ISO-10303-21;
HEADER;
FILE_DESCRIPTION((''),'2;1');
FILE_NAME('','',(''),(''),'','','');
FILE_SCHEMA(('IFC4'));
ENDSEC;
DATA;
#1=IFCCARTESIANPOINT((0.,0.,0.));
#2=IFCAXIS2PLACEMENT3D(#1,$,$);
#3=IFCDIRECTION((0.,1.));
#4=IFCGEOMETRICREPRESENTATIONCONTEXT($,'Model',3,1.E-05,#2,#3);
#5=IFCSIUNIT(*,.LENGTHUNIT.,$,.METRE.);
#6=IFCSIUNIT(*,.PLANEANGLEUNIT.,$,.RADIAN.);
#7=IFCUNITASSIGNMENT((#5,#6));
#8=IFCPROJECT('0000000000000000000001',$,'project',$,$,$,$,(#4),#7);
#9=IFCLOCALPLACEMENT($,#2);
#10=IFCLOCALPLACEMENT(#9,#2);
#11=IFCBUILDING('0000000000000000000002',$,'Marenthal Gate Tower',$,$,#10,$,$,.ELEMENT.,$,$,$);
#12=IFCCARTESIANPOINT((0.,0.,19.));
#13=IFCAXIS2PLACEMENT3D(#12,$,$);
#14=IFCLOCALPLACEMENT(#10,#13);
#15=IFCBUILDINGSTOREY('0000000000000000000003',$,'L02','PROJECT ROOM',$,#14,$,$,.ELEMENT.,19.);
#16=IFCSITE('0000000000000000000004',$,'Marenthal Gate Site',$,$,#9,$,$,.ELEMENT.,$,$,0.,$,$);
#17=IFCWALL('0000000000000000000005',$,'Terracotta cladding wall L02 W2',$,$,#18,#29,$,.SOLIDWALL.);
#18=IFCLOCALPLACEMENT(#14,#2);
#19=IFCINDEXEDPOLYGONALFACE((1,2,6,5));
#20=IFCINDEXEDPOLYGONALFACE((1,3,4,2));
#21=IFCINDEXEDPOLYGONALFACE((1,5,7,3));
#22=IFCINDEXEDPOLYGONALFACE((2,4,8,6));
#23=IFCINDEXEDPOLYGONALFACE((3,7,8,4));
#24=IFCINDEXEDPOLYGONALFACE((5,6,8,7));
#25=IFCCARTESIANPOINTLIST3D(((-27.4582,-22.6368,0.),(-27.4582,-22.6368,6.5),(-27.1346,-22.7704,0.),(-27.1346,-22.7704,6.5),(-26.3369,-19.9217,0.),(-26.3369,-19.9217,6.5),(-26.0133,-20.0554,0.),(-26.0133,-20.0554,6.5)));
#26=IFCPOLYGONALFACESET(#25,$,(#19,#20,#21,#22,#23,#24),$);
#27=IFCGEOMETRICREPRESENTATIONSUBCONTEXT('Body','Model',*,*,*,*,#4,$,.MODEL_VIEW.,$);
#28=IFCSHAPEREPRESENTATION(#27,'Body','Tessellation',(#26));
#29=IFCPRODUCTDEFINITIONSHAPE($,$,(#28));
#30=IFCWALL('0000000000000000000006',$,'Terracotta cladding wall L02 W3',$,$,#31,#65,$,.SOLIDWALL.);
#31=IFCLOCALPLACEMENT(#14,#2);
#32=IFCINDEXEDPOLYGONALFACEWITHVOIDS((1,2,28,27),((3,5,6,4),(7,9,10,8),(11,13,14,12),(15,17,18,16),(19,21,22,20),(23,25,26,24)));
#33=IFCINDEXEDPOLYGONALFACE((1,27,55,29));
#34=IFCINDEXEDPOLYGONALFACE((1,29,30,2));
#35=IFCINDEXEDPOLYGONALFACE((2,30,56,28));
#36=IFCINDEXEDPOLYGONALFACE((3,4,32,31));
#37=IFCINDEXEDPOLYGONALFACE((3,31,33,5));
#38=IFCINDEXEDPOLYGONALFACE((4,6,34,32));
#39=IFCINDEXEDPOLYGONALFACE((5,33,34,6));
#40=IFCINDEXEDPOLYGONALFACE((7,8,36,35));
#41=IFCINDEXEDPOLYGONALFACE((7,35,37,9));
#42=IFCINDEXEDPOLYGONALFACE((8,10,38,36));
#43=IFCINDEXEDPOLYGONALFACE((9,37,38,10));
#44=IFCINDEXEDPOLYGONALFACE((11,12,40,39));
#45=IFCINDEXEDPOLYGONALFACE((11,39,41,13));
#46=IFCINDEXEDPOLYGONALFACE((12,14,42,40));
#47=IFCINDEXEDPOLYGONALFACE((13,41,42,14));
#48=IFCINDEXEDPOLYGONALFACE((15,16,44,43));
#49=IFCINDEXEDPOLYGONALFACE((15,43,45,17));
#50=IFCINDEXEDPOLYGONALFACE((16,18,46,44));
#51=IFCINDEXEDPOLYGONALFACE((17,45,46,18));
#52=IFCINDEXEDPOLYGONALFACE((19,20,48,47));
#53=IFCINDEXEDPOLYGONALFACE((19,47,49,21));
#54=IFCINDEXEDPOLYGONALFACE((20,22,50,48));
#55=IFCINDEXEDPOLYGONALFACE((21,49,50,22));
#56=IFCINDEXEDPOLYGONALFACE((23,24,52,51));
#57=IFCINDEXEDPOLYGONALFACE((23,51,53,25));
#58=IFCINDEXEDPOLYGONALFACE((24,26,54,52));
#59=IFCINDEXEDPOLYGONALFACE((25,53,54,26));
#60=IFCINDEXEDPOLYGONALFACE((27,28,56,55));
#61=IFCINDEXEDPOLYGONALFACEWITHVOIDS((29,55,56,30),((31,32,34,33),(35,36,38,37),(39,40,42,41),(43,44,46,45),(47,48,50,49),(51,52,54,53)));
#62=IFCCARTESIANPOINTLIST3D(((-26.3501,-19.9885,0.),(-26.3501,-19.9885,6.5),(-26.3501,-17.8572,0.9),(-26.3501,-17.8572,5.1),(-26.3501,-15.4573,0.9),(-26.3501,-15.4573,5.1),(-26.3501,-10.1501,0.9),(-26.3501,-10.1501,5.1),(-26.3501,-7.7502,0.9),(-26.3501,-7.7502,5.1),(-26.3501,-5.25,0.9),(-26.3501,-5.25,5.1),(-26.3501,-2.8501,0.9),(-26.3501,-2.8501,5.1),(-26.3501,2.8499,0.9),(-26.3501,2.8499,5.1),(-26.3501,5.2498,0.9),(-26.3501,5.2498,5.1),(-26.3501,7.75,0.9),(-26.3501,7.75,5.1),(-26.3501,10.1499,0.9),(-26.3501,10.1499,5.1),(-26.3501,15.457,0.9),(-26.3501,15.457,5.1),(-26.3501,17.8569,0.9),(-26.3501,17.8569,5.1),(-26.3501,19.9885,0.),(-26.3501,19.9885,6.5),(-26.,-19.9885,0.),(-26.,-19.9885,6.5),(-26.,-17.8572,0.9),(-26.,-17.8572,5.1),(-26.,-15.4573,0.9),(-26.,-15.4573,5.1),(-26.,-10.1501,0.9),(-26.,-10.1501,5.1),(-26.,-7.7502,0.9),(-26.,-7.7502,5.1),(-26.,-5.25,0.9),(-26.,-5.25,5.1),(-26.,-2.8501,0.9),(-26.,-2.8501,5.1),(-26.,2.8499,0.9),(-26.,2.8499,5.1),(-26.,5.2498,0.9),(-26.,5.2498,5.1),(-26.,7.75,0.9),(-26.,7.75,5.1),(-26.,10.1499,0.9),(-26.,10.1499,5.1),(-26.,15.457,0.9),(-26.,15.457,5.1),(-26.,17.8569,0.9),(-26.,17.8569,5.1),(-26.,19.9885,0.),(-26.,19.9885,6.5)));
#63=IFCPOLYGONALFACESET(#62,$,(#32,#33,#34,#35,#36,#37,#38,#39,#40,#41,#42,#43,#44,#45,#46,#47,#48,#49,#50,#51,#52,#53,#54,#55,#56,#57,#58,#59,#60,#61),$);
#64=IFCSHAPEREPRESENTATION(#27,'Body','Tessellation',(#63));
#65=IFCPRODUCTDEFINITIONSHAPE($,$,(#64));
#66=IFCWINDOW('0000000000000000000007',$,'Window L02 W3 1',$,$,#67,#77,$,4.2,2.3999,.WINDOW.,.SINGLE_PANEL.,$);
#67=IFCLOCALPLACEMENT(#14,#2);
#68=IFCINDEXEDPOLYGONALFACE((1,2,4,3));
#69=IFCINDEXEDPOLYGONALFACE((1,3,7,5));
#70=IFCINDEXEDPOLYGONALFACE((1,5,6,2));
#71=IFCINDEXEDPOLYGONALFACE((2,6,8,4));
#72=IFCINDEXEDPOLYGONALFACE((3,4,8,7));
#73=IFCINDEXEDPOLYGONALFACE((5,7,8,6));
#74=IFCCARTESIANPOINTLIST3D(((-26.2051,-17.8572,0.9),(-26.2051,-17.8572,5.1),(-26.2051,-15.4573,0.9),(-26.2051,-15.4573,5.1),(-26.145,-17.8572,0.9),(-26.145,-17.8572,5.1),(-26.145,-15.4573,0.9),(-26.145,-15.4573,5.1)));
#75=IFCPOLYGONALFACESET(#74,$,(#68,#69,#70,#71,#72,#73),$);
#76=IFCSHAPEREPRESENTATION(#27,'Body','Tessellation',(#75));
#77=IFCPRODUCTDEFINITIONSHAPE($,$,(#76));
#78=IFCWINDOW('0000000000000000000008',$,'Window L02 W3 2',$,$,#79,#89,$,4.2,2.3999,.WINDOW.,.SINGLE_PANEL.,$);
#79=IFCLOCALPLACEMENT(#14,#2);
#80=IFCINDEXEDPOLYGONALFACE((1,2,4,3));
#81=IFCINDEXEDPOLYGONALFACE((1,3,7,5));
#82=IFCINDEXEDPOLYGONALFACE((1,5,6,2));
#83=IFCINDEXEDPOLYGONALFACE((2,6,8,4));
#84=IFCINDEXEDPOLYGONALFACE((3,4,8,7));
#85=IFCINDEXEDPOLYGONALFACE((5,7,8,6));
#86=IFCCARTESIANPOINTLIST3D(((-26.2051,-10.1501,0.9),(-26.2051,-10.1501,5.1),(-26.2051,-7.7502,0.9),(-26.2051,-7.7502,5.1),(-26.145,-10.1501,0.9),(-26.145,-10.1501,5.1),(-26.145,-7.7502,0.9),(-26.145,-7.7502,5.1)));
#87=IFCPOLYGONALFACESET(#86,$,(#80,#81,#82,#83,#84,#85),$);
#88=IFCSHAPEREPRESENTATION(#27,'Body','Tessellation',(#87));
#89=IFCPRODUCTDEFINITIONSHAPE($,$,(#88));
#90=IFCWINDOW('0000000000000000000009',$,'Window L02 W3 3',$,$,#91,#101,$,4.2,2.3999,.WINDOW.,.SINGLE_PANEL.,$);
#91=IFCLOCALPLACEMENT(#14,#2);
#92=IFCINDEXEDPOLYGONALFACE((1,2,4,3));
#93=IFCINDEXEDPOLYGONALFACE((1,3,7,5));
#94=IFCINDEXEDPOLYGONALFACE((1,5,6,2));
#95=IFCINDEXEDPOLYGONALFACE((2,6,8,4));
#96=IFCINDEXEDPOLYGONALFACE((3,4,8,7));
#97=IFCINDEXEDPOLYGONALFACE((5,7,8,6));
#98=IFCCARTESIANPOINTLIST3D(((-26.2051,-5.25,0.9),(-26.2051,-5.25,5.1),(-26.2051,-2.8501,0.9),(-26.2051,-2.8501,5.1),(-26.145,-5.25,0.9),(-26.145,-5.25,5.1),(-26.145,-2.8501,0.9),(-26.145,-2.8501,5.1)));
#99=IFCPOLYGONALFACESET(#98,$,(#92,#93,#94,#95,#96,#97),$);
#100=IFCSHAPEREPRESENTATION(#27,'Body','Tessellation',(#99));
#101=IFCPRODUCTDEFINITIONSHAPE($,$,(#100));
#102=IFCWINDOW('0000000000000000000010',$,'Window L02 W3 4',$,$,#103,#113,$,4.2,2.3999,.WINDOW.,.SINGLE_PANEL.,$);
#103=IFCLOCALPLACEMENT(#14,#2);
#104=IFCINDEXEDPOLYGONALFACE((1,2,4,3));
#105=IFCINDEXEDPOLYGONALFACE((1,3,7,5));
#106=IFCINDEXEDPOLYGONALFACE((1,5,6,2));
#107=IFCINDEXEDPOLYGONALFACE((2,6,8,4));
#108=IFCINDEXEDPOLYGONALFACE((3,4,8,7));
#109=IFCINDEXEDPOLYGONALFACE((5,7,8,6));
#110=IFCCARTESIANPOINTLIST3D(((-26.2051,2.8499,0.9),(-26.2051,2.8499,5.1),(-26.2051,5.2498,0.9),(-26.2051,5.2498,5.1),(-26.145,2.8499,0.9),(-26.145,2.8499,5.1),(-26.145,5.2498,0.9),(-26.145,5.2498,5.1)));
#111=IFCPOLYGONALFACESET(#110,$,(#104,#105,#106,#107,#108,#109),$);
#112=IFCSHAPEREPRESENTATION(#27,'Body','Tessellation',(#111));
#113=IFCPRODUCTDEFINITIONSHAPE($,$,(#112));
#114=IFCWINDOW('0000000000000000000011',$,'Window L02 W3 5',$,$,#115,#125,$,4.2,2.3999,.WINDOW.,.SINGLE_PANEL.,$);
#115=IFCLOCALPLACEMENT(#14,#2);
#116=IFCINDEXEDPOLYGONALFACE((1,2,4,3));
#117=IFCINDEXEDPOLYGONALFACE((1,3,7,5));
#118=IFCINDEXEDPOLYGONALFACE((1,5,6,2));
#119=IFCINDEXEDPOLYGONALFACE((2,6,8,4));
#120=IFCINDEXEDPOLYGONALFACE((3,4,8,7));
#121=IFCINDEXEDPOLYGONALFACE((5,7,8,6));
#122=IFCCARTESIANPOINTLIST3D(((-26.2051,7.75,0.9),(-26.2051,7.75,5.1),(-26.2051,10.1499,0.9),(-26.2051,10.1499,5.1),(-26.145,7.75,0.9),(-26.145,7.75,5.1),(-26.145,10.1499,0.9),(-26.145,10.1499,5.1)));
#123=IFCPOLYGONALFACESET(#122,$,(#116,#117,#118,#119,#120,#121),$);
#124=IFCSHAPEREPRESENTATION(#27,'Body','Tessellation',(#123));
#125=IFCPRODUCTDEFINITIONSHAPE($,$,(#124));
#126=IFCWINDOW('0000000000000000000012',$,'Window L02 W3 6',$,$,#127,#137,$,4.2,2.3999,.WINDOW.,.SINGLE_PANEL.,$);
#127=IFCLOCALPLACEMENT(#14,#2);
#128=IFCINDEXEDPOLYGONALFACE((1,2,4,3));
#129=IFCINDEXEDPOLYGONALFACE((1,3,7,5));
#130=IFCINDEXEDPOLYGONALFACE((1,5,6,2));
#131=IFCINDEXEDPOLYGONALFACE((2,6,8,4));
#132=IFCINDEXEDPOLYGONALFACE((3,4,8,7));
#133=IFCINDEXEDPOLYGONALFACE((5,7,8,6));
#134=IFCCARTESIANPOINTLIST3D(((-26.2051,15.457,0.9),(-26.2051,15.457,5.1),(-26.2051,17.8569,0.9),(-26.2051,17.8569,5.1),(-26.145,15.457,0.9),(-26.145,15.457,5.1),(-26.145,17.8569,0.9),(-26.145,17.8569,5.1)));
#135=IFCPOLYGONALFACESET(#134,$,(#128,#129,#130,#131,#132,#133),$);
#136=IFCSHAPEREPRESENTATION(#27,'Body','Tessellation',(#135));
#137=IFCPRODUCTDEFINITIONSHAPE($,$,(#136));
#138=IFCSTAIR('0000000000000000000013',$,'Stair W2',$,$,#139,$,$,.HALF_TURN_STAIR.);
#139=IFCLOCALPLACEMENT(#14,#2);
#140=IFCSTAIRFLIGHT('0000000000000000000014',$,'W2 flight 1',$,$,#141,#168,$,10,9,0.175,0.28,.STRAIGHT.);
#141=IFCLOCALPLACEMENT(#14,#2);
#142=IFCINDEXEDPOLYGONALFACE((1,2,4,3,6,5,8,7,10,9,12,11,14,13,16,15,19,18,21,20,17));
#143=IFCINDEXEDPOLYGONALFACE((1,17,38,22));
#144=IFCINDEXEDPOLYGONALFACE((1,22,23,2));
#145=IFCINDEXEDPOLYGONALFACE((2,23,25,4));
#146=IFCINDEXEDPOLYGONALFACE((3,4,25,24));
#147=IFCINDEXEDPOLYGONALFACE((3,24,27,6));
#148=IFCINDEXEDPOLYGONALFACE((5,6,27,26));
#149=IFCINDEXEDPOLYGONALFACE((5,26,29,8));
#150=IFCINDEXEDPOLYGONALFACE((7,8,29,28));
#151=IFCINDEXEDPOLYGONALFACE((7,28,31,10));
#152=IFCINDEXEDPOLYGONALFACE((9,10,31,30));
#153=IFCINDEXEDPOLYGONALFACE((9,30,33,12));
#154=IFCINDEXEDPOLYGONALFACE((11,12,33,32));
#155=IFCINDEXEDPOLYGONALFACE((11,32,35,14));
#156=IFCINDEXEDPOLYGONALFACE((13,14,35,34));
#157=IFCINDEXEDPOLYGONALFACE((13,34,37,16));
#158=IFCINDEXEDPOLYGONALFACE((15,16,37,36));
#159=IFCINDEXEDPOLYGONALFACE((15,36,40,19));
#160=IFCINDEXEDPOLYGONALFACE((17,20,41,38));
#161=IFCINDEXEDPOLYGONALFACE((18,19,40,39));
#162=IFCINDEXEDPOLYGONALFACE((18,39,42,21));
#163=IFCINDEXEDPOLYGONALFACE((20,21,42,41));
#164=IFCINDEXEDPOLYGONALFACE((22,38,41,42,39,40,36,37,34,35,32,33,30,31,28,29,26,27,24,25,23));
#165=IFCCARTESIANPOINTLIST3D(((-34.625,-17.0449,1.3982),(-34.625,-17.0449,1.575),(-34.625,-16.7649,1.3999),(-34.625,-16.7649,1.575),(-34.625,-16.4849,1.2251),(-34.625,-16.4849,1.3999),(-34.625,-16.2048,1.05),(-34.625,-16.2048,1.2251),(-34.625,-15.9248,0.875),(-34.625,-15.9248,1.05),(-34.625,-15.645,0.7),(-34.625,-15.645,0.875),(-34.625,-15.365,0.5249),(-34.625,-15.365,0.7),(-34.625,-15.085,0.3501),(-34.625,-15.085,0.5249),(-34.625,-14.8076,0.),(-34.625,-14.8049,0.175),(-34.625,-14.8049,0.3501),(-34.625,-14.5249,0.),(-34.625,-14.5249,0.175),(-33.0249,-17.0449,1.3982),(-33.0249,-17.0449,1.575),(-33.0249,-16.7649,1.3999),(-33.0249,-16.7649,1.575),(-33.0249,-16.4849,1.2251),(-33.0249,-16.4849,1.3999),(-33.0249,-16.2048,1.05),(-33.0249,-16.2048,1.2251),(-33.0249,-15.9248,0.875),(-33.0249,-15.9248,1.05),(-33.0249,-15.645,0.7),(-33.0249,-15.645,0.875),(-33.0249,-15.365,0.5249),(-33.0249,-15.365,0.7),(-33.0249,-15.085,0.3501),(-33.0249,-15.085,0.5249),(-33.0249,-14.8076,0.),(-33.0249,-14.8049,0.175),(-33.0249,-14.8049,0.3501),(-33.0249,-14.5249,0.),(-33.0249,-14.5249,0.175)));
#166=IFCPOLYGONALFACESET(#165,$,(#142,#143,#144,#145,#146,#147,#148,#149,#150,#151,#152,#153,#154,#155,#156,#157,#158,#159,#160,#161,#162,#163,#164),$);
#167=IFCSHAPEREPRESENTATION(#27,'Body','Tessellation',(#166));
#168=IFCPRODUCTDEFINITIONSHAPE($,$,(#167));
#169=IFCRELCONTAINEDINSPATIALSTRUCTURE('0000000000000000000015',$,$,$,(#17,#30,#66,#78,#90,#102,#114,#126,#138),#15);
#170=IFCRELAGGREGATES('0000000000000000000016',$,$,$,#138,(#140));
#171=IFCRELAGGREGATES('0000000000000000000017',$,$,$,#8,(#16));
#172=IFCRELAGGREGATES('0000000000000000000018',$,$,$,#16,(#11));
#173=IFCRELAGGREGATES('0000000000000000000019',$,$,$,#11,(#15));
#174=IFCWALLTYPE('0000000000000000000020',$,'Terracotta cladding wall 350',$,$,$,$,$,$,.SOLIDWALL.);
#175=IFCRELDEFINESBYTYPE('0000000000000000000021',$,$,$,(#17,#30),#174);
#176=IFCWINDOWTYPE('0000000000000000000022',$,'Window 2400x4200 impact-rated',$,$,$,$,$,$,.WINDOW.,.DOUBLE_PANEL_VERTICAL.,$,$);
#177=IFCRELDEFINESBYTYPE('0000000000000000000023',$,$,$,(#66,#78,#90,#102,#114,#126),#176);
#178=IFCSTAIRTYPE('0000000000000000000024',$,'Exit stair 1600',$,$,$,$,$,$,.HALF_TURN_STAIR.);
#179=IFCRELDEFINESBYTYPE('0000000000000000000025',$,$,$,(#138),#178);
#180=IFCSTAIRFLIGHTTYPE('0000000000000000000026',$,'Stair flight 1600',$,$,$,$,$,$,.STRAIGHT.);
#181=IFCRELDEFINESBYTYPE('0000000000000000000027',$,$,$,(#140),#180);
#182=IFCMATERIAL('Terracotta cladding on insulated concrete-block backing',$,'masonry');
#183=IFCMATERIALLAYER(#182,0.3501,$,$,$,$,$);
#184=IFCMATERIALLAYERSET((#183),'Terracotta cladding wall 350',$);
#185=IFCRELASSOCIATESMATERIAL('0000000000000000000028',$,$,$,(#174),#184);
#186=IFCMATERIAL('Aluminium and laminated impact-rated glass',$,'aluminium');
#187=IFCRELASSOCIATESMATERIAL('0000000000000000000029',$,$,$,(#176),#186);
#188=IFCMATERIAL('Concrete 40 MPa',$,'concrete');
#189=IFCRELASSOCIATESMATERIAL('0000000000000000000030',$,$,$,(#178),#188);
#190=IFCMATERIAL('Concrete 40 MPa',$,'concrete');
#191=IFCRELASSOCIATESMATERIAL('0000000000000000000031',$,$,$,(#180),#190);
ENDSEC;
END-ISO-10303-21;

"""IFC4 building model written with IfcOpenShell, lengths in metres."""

from ifc_helpers import new_model, si_unit, direction, frame, frame_2d, origin, place, context, subcontext, project, spatial, polyline, rectangle, outline, extrude, material, layer, layer_set, type_object, element, fill, aggregate, save


model = new_model("IFC4")

# Units and contexts
model_context = context("Model", 3, precision=1e-05, world=origin(), true_north=direction((0.0, 1.0)))
body_context = subcontext(model_context, "Body", "Model", "MODEL_VIEW")
ifc_project = project(units=[si_unit("LENGTHUNIT", "METRE"), si_unit("PLANEANGLEUNIT", "RADIAN")], contexts=[model_context])

# Site, building, storey
site_placement = place(None, origin())
site = spatial("IfcSite", under=ifc_project, at=site_placement, Name="Marenthal Gate Site", CompositionType="ELEMENT", RefElevation=0.0)
building_placement = place(site_placement, origin())
building = spatial("IfcBuilding", under=site, at=building_placement, Name="Marenthal Gate Tower", CompositionType="ELEMENT")
storey_placement = place(building_placement, frame((0.0, 0.0, 19.0)))
storey = spatial("IfcBuildingStorey", under=building, at=storey_placement, Name="L02", Description="PROJECT ROOM", CompositionType="ELEMENT", Elevation=19.0)

# Wall
ifc_material_1 = material(Name="Terracotta cladding on insulated concrete-block backing", Category="masonry")
ifc_layer_1 = layer(ifc_material_1, 0.3501)
ifc_layer_set_1 = layer_set([ifc_layer_1], Name="Terracotta cladding wall 350")
wall_type_1 = type_object("IfcWallType", Name="Terracotta cladding wall 350", PredefinedType="SOLIDWALL", material=ifc_layer_set_1)
for number, where, z_axis, x_axis, name in (
    (1, (-27.2964, -22.7036, 0.0), (0.0, 0.0, 1.0), (0.381728, 0.924275, 0.0), "Terracotta cladding wall L02 W2"),
):
    element("IfcWall", number, at=place(storey_placement, frame(where, z_axis=z_axis, x_axis=x_axis)), inside=storey, type_object=wall_type_1, Name=name, PredefinedType="SOLIDWALL", context=body_context, shape_type="SweptSolid", body=[
        extrude(rectangle(XDim=2.9375, YDim=0.3501, at=frame_2d((1.4688, 0.0))), origin(), (0.0, 0.0, 1.0), 6.5),
    ])

# Wall, openings, windows
wall_1_placement = place(storey_placement, frame((-26.175, -19.9885, 0.0), z_axis=(0.0, 0.0, 1.0), x_axis=(0.0, 1.0, 0.0)))
wall_1 = element("IfcWall", 2, at=wall_1_placement, inside=storey, type_object=wall_type_1, Name="Terracotta cladding wall L02 W3", PredefinedType="SOLIDWALL", context=body_context, shape_type="SweptSolid", body=[
    extrude(rectangle(XDim=39.9771, YDim=0.3501, at=frame_2d((19.9885, 0.0))), origin(), (0.0, 0.0, 1.0), 6.5),
])
opening_1_placement = place(wall_1_placement, frame((2.1313, 0.0, 0.8999)))
opening_1 = element("IfcOpeningElement", 3, at=opening_1_placement, cuts=wall_1, PredefinedType="OPENING", context=body_context, shape_type="SweptSolid", body=[
    extrude(rectangle(XDim=2.3999, YDim=4.2, at=frame_2d((1.2, 2.1001))), frame((0.0, 0.1851, 0.0), z_axis=(0.0, -1.0, 0.0), x_axis=(1.0, 0.0, 0.0)), (0.0, 0.0, 1.0), 0.3701),
])
opening_2_placement = place(wall_1_placement, frame((9.8384, 0.0, 0.8999)))
opening_2 = element("IfcOpeningElement", 4, at=opening_2_placement, cuts=wall_1, PredefinedType="OPENING", context=body_context, shape_type="SweptSolid", body=[
    extrude(rectangle(XDim=2.3999, YDim=4.2, at=frame_2d((1.2, 2.1001))), frame((0.0, 0.1851, 0.0), z_axis=(0.0, -1.0, 0.0), x_axis=(1.0, 0.0, 0.0)), (0.0, 0.0, 1.0), 0.3701),
])
opening_3_placement = place(wall_1_placement, frame((14.7385, 0.0, 0.8999)))
opening_3 = element("IfcOpeningElement", 5, at=opening_3_placement, cuts=wall_1, PredefinedType="OPENING", context=body_context, shape_type="SweptSolid", body=[
    extrude(rectangle(XDim=2.3999, YDim=4.2, at=frame_2d((1.2, 2.1001))), frame((0.0, 0.1851, 0.0), z_axis=(0.0, -1.0, 0.0), x_axis=(1.0, 0.0, 0.0)), (0.0, 0.0, 1.0), 0.3701),
])
opening_4_placement = place(wall_1_placement, frame((22.8384, 0.0, 0.8999)))
opening_4 = element("IfcOpeningElement", 6, at=opening_4_placement, cuts=wall_1, PredefinedType="OPENING", context=body_context, shape_type="SweptSolid", body=[
    extrude(rectangle(XDim=2.3999, YDim=4.2, at=frame_2d((1.2, 2.1001))), frame((0.0, 0.1851, 0.0), z_axis=(0.0, -1.0, 0.0), x_axis=(1.0, 0.0, 0.0)), (0.0, 0.0, 1.0), 0.3701),
])
opening_5_placement = place(wall_1_placement, frame((27.7385, 0.0, 0.8999)))
opening_5 = element("IfcOpeningElement", 7, at=opening_5_placement, cuts=wall_1, PredefinedType="OPENING", context=body_context, shape_type="SweptSolid", body=[
    extrude(rectangle(XDim=2.3999, YDim=4.2, at=frame_2d((1.2, 2.1001))), frame((0.0, 0.1851, 0.0), z_axis=(0.0, -1.0, 0.0), x_axis=(1.0, 0.0, 0.0)), (0.0, 0.0, 1.0), 0.3701),
])
opening_6_placement = place(wall_1_placement, frame((35.4456, 0.0, 0.8999)))
opening_6 = element("IfcOpeningElement", 8, at=opening_6_placement, cuts=wall_1, PredefinedType="OPENING", context=body_context, shape_type="SweptSolid", body=[
    extrude(rectangle(XDim=2.3999, YDim=4.2, at=frame_2d((1.2, 2.1001))), frame((0.0, 0.1851, 0.0), z_axis=(0.0, -1.0, 0.0), x_axis=(1.0, 0.0, 0.0)), (0.0, 0.0, 1.0), 0.3701),
])
ifc_material_2 = material(Name="Aluminium and laminated impact-rated glass", Category="aluminium")
window_type = type_object("IfcWindowType", Name="Window 2400x4200 impact-rated", PartitioningType="DOUBLE_PANEL_VERTICAL", PredefinedType="WINDOW", material=ifc_material_2)
window_1_placement = place(opening_1_placement, origin())
window_1 = element("IfcWindow", 9, at=window_1_placement, inside=storey, type_object=window_type, Name="Window L02 W3 1", OverallHeight=4.2, OverallWidth=2.3999, PartitioningType="SINGLE_PANEL", PredefinedType="WINDOW", context=body_context, shape_type="SweptSolid", body=[
    extrude(rectangle(XDim=2.3999, YDim=4.2, at=frame_2d((1.2, 2.1001))), frame((0.0, 0.03, 0.0), z_axis=(0.0, -1.0, 0.0), x_axis=(1.0, 0.0, 0.0)), (0.0, 0.0, 1.0), 0.0601),
])
fill(opening_1, window_1)
window_2_placement = place(opening_2_placement, origin())
window_2 = element("IfcWindow", 10, at=window_2_placement, inside=storey, type_object=window_type, Name="Window L02 W3 2", OverallHeight=4.2, OverallWidth=2.3999, PartitioningType="SINGLE_PANEL", PredefinedType="WINDOW", context=body_context, shape_type="SweptSolid", body=[
    extrude(rectangle(XDim=2.3999, YDim=4.2, at=frame_2d((1.2, 2.1001))), frame((0.0, 0.03, 0.0), z_axis=(0.0, -1.0, 0.0), x_axis=(1.0, 0.0, 0.0)), (0.0, 0.0, 1.0), 0.0601),
])
fill(opening_2, window_2)
window_3_placement = place(opening_3_placement, origin())
window_3 = element("IfcWindow", 11, at=window_3_placement, inside=storey, type_object=window_type, Name="Window L02 W3 3", OverallHeight=4.2, OverallWidth=2.3999, PartitioningType="SINGLE_PANEL", PredefinedType="WINDOW", context=body_context, shape_type="SweptSolid", body=[
    extrude(rectangle(XDim=2.3999, YDim=4.2, at=frame_2d((1.2, 2.1001))), frame((0.0, 0.03, 0.0), z_axis=(0.0, -1.0, 0.0), x_axis=(1.0, 0.0, 0.0)), (0.0, 0.0, 1.0), 0.0601),
])
fill(opening_3, window_3)
window_4_placement = place(opening_4_placement, origin())
window_4 = element("IfcWindow", 12, at=window_4_placement, inside=storey, type_object=window_type, Name="Window L02 W3 4", OverallHeight=4.2, OverallWidth=2.3999, PartitioningType="SINGLE_PANEL", PredefinedType="WINDOW", context=body_context, shape_type="SweptSolid", body=[
    extrude(rectangle(XDim=2.3999, YDim=4.2, at=frame_2d((1.2, 2.1001))), frame((0.0, 0.03, 0.0), z_axis=(0.0, -1.0, 0.0), x_axis=(1.0, 0.0, 0.0)), (0.0, 0.0, 1.0), 0.0601),
])
fill(opening_4, window_4)
window_5_placement = place(opening_5_placement, origin())
window_5 = element("IfcWindow", 13, at=window_5_placement, inside=storey, type_object=window_type, Name="Window L02 W3 5", OverallHeight=4.2, OverallWidth=2.3999, PartitioningType="SINGLE_PANEL", PredefinedType="WINDOW", context=body_context, shape_type="SweptSolid", body=[
    extrude(rectangle(XDim=2.3999, YDim=4.2, at=frame_2d((1.2, 2.1001))), frame((0.0, 0.03, 0.0), z_axis=(0.0, -1.0, 0.0), x_axis=(1.0, 0.0, 0.0)), (0.0, 0.0, 1.0), 0.0601),
])
fill(opening_5, window_5)
window_6_placement = place(opening_6_placement, origin())
window_6 = element("IfcWindow", 14, at=window_6_placement, inside=storey, type_object=window_type, Name="Window L02 W3 6", OverallHeight=4.2, OverallWidth=2.3999, PartitioningType="SINGLE_PANEL", PredefinedType="WINDOW", context=body_context, shape_type="SweptSolid", body=[
    extrude(rectangle(XDim=2.3999, YDim=4.2, at=frame_2d((1.2, 2.1001))), frame((0.0, 0.03, 0.0), z_axis=(0.0, -1.0, 0.0), x_axis=(1.0, 0.0, 0.0)), (0.0, 0.0, 1.0), 0.0601),
])
fill(opening_6, window_6)

# Stair, stair flight
ifc_material_3 = material(Name="Concrete 40 MPa", Category="concrete")
stair_type = type_object("IfcStairType", Name="Exit stair 1600", PredefinedType="HALF_TURN_STAIR", material=ifc_material_3)
stair_placement = place(storey_placement, origin())
stair = element("IfcStair", 15, at=stair_placement, inside=storey, type_object=stair_type, Name="Stair W2", PredefinedType="HALF_TURN_STAIR")
ifc_material_4 = material(Name="Concrete 40 MPa", Category="concrete")
stair_flight_type = type_object("IfcStairFlightType", Name="Stair flight 1600", PredefinedType="STRAIGHT", material=ifc_material_4)
stair_flight_1_placement = place(storey_placement, frame((-33.825, -14.5249, 0.0), z_axis=(0.0, 0.0, 1.0), x_axis=(0.0, -1.0, 0.0)))
stair_flight_1 = element("IfcStairFlight", 16, at=stair_flight_1_placement, type_object=stair_flight_type, Name="W2 flight 1", NumberOfRisers=10, NumberOfTreads=9, PredefinedType="STRAIGHT", RiserHeight=0.175, TreadLength=0.28, context=body_context, shape_type="SweptSolid", body=[
    extrude(outline(polyline([(0.0, 0.0), (0.0, 0.175), (0.28, 0.175), (0.28, 0.3501), (0.5601, 0.3501), (0.5601, 0.5249), (0.8401, 0.5249), (0.8401, 0.7), (1.1201, 0.7), (1.1201, 0.875), (1.3999, 0.875), (1.3999, 1.05), (1.6799, 1.05), (1.6799, 1.2251), (1.96, 1.2251), (1.96, 1.3999), (2.24, 1.3999), (2.24, 1.575), (2.52, 1.575), (2.52, 1.75), (2.52, 1.3982), (0.2827, 0.0), (0.0, 0.0)])), frame((0.0, 0.8, 0.0), z_axis=(0.0, -1.0, 0.0), x_axis=(1.0, 0.0, 0.0)), (0.0, 0.0, 1.0), 1.6001),
])
aggregate(stair, [stair_flight_1])

save(model, "model.ifc")
